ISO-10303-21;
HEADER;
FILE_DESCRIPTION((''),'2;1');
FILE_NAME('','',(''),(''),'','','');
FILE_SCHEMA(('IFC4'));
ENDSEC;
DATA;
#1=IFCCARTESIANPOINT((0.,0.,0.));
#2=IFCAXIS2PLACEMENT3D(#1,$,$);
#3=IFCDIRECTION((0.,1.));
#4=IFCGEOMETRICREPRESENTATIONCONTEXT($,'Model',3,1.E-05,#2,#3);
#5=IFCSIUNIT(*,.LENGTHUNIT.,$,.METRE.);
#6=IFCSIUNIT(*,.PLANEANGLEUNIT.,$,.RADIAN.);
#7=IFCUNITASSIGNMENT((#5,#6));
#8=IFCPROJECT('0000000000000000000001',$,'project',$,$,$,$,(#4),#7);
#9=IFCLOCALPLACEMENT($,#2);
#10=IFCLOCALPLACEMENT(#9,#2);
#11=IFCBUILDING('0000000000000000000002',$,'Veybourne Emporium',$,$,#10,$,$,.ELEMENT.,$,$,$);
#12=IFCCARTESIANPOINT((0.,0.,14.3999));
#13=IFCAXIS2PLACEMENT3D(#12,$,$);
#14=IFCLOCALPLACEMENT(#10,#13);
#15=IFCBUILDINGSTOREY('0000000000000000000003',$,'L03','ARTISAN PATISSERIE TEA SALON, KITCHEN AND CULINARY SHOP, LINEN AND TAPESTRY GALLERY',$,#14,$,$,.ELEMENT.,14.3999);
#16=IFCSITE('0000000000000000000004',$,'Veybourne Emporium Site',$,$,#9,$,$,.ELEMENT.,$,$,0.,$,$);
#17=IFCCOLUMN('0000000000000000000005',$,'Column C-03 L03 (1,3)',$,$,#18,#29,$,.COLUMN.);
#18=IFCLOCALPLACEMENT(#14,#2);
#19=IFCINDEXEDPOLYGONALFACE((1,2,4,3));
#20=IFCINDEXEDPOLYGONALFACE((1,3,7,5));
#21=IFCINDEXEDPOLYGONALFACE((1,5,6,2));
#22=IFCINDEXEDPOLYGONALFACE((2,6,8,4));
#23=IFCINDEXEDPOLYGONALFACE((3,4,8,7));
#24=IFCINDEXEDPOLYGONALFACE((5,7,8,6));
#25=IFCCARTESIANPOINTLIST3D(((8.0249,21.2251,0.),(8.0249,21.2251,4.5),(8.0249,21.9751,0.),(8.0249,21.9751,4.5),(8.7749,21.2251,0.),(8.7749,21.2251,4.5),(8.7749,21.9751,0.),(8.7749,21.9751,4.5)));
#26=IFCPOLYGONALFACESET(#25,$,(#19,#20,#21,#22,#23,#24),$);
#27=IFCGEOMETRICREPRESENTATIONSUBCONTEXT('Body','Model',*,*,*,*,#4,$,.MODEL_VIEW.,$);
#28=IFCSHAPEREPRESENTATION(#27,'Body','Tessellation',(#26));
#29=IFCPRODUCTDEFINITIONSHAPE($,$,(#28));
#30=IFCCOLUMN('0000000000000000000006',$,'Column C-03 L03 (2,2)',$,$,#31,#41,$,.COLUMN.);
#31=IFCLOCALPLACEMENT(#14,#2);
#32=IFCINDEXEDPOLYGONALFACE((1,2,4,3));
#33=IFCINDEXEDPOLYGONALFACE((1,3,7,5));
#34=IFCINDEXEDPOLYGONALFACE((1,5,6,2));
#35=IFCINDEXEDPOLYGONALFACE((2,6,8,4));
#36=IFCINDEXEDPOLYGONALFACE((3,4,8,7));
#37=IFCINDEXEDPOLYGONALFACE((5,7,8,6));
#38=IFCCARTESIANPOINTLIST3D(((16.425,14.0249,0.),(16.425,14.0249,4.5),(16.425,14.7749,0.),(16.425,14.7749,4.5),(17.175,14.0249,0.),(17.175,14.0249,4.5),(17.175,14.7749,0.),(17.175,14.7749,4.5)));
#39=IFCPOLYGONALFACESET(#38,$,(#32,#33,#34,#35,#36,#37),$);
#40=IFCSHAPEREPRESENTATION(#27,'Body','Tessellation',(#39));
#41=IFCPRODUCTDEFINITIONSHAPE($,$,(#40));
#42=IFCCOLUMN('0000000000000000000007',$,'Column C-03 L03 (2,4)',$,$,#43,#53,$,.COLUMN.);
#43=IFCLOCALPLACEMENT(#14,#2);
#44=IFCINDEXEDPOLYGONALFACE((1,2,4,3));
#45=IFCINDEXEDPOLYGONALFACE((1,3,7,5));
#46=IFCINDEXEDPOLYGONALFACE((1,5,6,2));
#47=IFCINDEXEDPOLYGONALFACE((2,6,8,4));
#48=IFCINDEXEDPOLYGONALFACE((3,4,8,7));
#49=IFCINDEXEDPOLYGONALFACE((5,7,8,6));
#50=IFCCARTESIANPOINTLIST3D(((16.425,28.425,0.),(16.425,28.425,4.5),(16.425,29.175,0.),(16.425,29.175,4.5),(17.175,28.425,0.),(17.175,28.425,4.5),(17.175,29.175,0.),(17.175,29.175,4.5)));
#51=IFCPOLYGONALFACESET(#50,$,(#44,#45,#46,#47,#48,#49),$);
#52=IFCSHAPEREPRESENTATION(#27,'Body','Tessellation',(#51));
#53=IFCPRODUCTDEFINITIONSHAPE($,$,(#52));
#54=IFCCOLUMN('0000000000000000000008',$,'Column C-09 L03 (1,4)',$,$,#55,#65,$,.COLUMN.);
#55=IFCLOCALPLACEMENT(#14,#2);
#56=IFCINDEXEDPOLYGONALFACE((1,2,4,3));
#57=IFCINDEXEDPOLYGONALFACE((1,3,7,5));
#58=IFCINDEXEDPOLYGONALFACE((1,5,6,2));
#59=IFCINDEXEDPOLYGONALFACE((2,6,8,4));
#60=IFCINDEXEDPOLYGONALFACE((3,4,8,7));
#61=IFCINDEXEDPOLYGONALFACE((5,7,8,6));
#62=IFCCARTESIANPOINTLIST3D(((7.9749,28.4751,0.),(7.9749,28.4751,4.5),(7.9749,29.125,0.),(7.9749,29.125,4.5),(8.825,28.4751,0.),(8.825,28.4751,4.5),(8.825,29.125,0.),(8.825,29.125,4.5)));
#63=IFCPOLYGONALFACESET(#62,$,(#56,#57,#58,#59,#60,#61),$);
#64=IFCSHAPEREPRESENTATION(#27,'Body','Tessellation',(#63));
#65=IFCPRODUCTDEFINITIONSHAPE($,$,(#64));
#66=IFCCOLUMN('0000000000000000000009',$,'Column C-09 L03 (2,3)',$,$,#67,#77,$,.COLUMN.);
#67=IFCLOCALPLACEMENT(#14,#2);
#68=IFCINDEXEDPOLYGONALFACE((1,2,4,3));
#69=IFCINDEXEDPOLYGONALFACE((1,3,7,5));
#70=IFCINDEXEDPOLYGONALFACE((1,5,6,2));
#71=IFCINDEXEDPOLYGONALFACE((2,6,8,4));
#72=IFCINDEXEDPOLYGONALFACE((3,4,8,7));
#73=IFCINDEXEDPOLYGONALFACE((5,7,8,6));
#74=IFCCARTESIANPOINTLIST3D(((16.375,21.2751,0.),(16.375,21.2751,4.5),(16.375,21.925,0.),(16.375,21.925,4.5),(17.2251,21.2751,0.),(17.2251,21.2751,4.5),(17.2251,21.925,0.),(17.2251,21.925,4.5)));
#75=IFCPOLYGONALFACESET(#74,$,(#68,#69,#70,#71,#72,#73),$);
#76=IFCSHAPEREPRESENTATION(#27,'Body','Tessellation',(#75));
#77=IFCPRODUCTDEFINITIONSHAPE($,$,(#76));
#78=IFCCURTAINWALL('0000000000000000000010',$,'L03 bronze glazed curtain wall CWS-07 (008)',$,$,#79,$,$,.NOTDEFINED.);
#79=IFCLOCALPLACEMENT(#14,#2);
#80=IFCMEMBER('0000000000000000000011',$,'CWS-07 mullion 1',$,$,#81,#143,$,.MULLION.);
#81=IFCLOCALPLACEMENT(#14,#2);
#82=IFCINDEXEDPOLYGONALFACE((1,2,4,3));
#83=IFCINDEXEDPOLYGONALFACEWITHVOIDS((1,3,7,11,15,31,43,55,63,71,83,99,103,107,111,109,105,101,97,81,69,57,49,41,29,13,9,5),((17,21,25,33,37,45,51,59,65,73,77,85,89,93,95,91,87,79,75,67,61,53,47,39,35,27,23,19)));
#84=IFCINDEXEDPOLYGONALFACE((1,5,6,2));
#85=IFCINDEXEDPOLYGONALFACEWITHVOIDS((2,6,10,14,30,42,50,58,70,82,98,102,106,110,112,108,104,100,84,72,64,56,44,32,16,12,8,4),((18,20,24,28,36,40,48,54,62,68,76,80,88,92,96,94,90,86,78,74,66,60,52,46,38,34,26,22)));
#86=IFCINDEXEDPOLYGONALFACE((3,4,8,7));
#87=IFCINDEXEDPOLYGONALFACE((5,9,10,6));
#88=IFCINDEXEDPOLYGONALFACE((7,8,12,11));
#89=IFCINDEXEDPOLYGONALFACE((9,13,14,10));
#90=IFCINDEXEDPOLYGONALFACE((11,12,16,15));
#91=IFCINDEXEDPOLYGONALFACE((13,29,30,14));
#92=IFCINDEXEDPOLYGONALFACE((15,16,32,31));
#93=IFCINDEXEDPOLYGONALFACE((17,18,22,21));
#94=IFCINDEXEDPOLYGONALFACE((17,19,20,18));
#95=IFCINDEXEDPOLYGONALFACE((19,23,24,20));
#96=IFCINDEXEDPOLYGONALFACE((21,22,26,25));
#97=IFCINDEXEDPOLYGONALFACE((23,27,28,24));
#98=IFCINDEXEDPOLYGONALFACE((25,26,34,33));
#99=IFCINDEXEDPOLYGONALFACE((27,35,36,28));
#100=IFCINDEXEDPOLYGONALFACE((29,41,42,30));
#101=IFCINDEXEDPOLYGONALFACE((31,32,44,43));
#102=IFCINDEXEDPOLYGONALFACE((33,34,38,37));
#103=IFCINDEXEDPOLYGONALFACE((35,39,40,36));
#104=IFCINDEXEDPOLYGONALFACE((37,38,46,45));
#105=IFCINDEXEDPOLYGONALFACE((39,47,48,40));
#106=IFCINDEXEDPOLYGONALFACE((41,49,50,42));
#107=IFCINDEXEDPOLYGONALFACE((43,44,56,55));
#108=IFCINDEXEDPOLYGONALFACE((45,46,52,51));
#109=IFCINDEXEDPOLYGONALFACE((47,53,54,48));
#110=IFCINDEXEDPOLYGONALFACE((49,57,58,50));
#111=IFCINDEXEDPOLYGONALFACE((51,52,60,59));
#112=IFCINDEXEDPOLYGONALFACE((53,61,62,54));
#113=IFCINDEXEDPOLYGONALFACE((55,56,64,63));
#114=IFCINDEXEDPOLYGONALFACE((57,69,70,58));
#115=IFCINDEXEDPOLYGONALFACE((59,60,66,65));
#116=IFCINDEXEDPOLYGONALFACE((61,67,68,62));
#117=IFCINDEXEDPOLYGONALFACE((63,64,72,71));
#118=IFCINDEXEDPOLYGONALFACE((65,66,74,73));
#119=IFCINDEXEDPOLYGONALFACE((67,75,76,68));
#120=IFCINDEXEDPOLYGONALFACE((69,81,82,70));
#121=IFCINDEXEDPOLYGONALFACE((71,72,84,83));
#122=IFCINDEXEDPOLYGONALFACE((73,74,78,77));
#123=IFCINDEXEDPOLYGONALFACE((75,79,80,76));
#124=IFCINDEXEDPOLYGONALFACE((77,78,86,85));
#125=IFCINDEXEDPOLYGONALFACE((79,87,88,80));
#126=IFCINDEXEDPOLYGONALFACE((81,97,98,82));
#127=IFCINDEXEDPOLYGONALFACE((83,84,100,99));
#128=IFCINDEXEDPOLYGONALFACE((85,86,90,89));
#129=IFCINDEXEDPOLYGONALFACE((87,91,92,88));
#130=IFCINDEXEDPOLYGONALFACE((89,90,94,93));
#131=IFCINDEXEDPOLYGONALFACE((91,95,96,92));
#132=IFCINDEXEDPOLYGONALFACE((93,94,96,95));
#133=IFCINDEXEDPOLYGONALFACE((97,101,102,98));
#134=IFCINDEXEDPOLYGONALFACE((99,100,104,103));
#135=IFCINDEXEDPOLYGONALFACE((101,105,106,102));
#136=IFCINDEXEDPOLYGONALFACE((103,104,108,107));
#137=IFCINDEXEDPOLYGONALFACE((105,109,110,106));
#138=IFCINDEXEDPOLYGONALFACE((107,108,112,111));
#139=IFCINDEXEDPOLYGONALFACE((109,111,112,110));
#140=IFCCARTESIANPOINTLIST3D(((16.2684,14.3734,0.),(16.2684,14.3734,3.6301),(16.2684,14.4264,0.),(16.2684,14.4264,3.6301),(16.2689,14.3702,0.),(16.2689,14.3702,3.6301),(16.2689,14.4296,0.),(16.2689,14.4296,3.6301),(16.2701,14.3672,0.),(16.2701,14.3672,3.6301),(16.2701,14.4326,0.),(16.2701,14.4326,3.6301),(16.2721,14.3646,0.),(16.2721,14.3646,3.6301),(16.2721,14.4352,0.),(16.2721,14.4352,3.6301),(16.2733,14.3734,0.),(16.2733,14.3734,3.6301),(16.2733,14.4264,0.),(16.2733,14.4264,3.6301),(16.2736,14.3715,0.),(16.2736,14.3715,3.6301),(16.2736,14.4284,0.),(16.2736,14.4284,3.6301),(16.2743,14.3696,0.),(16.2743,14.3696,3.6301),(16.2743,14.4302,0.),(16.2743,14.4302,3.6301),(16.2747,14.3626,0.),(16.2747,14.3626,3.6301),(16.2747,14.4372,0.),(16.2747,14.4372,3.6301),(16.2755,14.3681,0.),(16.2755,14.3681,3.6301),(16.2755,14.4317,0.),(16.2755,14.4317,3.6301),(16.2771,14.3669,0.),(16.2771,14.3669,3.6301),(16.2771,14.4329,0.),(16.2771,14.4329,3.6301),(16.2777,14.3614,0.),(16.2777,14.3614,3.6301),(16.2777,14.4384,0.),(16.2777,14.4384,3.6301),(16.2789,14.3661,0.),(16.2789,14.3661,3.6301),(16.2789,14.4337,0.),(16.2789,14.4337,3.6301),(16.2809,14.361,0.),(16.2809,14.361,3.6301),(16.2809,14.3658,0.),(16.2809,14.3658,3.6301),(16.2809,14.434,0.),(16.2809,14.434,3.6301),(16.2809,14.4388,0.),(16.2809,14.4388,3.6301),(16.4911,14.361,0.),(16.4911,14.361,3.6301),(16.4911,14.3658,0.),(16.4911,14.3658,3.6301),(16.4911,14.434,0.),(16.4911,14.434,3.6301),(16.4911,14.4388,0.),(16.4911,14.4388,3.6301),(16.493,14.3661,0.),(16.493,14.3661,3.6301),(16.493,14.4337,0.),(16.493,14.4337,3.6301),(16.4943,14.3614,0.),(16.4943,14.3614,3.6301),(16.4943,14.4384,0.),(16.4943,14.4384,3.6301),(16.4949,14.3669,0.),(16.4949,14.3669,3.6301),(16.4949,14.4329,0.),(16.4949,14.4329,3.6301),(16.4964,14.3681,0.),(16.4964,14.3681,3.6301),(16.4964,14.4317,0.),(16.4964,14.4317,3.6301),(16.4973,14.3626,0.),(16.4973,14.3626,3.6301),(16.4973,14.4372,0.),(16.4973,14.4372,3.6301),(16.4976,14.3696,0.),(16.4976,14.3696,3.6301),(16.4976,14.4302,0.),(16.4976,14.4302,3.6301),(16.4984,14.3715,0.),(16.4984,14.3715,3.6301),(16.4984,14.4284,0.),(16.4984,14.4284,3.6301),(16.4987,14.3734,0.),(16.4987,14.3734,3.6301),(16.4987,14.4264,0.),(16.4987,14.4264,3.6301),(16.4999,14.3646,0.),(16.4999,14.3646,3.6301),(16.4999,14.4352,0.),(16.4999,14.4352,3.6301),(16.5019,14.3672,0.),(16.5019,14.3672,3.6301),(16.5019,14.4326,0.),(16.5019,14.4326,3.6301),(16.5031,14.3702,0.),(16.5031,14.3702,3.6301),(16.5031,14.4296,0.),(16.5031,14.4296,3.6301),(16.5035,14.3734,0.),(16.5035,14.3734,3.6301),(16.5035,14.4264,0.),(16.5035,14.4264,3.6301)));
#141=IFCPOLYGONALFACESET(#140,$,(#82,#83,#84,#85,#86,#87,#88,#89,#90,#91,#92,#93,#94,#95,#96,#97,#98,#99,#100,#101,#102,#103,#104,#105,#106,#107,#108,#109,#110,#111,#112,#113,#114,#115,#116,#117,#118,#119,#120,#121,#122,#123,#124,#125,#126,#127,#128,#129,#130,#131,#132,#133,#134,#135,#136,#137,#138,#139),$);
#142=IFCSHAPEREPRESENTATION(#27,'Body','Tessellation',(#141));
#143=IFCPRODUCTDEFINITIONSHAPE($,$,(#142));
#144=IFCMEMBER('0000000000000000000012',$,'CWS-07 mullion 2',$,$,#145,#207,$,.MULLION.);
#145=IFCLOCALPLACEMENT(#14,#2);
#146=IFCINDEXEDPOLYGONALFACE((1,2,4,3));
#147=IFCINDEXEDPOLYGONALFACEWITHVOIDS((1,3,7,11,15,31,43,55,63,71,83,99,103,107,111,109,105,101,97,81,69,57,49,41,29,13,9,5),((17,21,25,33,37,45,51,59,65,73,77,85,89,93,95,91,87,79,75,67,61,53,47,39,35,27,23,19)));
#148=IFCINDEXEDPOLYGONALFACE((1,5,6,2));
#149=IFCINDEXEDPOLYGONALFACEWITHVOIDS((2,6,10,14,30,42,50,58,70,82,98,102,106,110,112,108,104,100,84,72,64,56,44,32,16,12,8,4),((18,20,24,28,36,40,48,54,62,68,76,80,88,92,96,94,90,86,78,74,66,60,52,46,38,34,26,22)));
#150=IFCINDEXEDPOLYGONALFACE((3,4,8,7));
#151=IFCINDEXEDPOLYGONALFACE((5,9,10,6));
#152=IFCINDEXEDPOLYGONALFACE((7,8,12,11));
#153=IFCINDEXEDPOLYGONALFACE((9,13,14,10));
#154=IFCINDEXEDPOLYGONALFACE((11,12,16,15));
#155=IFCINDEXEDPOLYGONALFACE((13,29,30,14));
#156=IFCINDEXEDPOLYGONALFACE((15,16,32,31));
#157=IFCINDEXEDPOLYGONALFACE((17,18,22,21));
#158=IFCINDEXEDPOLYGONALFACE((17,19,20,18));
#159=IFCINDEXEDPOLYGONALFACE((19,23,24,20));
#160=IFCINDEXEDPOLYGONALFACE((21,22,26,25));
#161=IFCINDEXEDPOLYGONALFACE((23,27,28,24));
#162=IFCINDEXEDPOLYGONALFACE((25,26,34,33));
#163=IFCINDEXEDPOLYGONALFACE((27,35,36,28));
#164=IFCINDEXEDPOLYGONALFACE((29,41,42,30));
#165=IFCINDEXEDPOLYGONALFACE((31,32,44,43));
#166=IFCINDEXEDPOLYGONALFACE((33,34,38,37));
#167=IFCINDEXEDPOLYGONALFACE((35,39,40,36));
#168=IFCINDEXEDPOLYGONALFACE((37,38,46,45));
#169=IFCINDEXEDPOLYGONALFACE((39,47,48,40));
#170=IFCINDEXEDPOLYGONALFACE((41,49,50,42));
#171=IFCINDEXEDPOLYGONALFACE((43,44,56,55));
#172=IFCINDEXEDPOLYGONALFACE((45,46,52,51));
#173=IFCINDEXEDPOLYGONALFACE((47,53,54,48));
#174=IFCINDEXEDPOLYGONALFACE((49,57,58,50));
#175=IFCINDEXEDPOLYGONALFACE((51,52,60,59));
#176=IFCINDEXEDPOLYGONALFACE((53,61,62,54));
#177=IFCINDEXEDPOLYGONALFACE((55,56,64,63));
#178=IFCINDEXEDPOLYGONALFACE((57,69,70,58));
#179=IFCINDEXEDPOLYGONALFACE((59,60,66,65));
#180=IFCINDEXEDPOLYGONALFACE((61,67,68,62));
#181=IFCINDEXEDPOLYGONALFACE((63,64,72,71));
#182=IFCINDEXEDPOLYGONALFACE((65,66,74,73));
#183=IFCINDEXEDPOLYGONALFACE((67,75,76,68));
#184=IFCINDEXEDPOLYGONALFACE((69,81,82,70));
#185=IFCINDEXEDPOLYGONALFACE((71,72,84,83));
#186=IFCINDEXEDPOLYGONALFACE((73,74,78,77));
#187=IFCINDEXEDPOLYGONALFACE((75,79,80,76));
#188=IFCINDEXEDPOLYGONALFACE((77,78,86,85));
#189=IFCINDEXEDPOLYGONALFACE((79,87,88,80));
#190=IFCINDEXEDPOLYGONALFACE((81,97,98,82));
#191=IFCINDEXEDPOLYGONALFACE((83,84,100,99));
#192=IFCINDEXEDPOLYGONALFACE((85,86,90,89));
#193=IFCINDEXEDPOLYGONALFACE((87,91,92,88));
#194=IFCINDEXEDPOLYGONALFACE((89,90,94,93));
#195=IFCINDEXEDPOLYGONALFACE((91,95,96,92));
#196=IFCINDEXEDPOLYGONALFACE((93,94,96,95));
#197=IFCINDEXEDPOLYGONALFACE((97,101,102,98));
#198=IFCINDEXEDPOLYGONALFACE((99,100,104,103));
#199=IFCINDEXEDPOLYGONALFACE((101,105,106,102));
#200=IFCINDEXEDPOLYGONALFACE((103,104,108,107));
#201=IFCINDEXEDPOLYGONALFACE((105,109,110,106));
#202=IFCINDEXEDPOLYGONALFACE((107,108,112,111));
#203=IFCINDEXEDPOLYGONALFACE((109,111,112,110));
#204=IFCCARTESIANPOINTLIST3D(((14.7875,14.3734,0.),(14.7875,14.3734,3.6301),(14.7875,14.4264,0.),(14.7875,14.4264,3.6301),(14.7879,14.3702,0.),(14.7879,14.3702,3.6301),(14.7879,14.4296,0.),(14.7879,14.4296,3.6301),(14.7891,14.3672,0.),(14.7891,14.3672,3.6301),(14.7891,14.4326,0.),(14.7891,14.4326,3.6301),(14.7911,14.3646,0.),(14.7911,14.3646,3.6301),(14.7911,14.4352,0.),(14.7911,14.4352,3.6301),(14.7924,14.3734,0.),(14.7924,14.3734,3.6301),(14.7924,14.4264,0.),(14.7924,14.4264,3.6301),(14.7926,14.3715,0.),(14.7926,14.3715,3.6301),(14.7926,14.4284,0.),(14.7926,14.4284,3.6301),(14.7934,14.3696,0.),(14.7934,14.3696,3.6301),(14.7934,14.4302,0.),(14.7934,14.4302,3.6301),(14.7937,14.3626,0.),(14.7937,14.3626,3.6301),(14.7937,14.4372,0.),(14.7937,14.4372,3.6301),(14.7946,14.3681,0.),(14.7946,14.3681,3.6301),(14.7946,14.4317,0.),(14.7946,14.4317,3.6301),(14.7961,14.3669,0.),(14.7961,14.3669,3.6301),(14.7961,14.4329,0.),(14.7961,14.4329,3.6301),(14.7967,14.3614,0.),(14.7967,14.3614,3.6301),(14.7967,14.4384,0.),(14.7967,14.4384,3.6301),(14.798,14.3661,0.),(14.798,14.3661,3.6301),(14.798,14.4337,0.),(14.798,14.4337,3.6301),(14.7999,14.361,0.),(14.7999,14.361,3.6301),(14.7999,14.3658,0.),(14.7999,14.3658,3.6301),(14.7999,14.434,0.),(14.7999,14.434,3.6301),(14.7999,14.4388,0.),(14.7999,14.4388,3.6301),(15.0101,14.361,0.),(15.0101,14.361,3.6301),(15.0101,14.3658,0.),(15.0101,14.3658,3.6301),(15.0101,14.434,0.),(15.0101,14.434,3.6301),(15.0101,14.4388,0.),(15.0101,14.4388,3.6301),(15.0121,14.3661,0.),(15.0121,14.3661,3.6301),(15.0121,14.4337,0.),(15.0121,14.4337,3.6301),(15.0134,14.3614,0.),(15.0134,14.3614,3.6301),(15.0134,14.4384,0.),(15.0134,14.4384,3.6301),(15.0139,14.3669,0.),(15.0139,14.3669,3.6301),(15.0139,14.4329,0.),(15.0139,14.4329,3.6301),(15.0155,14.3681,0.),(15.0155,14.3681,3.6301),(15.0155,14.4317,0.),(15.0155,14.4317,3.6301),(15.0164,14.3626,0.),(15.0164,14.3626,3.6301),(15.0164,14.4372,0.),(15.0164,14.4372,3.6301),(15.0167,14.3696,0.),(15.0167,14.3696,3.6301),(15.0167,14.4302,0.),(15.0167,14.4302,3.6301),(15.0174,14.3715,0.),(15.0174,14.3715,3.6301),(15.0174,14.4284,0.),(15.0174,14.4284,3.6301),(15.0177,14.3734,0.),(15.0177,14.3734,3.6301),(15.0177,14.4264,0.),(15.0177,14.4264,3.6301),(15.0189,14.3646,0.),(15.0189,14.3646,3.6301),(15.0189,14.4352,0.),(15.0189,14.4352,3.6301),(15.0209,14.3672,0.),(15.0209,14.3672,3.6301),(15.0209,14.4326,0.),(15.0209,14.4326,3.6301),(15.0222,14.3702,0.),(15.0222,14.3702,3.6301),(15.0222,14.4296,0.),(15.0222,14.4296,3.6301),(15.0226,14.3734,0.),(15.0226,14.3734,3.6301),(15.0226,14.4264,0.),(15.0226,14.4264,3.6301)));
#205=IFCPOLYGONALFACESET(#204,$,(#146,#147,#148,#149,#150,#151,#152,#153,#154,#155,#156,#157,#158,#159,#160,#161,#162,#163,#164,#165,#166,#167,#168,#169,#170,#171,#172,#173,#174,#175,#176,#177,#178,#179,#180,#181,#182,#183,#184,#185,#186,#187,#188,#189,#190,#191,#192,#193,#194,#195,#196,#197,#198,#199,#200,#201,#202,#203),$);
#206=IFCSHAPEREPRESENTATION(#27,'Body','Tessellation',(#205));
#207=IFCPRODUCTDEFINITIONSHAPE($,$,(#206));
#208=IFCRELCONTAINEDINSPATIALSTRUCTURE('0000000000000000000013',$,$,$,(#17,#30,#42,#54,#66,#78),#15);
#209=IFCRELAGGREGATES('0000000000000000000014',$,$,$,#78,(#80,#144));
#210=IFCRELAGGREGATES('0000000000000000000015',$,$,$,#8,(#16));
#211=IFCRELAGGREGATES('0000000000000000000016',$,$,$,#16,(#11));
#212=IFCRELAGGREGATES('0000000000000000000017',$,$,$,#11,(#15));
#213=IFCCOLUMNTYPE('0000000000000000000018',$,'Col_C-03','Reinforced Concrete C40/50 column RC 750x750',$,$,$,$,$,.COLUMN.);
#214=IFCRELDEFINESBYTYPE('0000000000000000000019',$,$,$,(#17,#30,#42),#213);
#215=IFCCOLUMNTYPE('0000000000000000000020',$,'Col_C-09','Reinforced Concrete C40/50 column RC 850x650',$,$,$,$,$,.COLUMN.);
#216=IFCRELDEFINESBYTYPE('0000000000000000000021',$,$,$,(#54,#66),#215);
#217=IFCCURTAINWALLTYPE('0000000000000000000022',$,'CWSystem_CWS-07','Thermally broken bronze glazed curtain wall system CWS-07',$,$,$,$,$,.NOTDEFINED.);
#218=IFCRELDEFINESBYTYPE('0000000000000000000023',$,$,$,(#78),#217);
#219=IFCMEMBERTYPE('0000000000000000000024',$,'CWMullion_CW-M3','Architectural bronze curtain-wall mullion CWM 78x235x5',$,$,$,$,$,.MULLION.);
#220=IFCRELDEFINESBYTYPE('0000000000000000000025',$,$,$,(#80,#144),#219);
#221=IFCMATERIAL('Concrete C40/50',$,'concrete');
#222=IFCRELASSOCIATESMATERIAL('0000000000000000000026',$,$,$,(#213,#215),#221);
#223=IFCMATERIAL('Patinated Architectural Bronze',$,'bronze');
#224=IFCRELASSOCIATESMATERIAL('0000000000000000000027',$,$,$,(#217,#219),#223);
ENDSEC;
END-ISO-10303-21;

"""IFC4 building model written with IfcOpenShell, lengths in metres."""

from ifc_helpers import new_model, si_unit, direction, frame, origin, origin_2d, place, context, subcontext, project, spatial, rectangle, hollow_rectangle, extrude, material, material_profile, profile_set, type_object, element, aggregate, save


model = new_model("IFC4")

# Units and contexts
model_context = context("Model", 3, precision=1e-05, world=origin(), true_north=direction((0.0, 1.0)))
body_context = subcontext(model_context, "Body", "Model", "MODEL_VIEW")
ifc_project = project(units=[si_unit("LENGTHUNIT", "METRE"), si_unit("PLANEANGLEUNIT", "RADIAN")], contexts=[model_context])

# Site, building, storey
site_placement = place(None, origin())
site = spatial("IfcSite", under=ifc_project, at=site_placement, Name="Veybourne Emporium Site", CompositionType="ELEMENT", RefElevation=0.0)
building_placement = place(site_placement, origin())
building = spatial("IfcBuilding", under=site, at=building_placement, Name="Veybourne Emporium", CompositionType="ELEMENT")
storey_placement = place(building_placement, frame((0.0, 0.0, 14.3999)))
storey = spatial("IfcBuildingStorey", under=building, at=storey_placement, Name="L03", Description="ARTISAN PATISSERIE TEA SALON, KITCHEN AND CULINARY SHOP, LINEN AND TAPESTRY GALLERY", CompositionType="ELEMENT", Elevation=14.3999)

# Columns
ifc_material_1 = material(Name="Concrete C40/50", Category="concrete")
ifc_material_profile_1 = material_profile(ifc_material_1, rectangle(XDim=0.75, YDim=0.75, at=origin_2d()), Name="RC 750x750")
ifc_profile_set_1 = profile_set([ifc_material_profile_1], Name="Concrete C40/50")
column_type_1 = type_object("IfcColumnType", Name="Col_C-03", Description="Reinforced Concrete C40/50 column RC 750x750", PredefinedType="COLUMN", material=ifc_profile_set_1)
for number, where, z_axis, x_axis, name in (
    (1, (8.3999, 21.6001, 0.0), (0.0, 0.0, 1.0), (1.0, 0.0, 0.0), "Column C-03 L03 (1,3)"),
    (2, (16.8, 14.3999, 0.0), (0.0, 0.0, 1.0), (1.0, 0.0, 0.0), "Column C-03 L03 (2,2)"),
    (3, (16.8, 28.8, 0.0), (0.0, 0.0, 1.0), (1.0, 0.0, 0.0), "Column C-03 L03 (2,4)"),
):
    element("IfcColumn", number, at=place(storey_placement, frame(where, z_axis=z_axis, x_axis=x_axis)), inside=storey, type_object=column_type_1, Name=name, PredefinedType="COLUMN", context=body_context, shape_type="SweptSolid", body=[
        extrude(rectangle(XDim=0.75, YDim=0.75, at=origin_2d()), origin(), (0.0, 0.0, 1.0), 4.5),
    ])
ifc_material_profile_2 = material_profile(ifc_material_1, rectangle(XDim=0.8501, YDim=0.6499, at=origin_2d()), Name="RC 850x650")
ifc_profile_set_2 = profile_set([ifc_material_profile_2], Name="Concrete C40/50")
column_type_2 = type_object("IfcColumnType", Name="Col_C-09", Description="Reinforced Concrete C40/50 column RC 850x650", PredefinedType="COLUMN", material=ifc_profile_set_2)
for number, where, z_axis, x_axis, name in (
    (4, (8.3999, 28.8, 0.0), (0.0, 0.0, 1.0), (1.0, 0.0, 0.0), "Column C-09 L03 (1,4)"),
    (5, (16.8, 21.6001, 0.0), (0.0, 0.0, 1.0), (1.0, 0.0, 0.0), "Column C-09 L03 (2,3)"),
):
    element("IfcColumn", number, at=place(storey_placement, frame(where, z_axis=z_axis, x_axis=x_axis)), inside=storey, type_object=column_type_2, Name=name, PredefinedType="COLUMN", context=body_context, shape_type="SweptSolid", body=[
        extrude(rectangle(XDim=0.8501, YDim=0.6499, at=origin_2d()), origin(), (0.0, 0.0, 1.0), 4.5),
    ])

# Curtain wall, members
ifc_material_2 = material(Name="Patinated Architectural Bronze", Category="bronze")
curtain_wall_type = type_object("IfcCurtainWallType", Name="CWSystem_CWS-07", Description="Thermally broken bronze glazed curtain wall system CWS-07", PredefinedType="NOTDEFINED", material=ifc_material_2)
curtain_wall_placement = place(storey_placement, origin())
curtain_wall = element("IfcCurtainWall", 6, at=curtain_wall_placement, inside=storey, type_object=curtain_wall_type, Name="L03 bronze glazed curtain wall CWS-07 (008)", PredefinedType="NOTDEFINED")
ifc_material_profile_3 = material_profile(ifc_material_2, hollow_rectangle(XDim=0.0779, YDim=0.2351, WallThickness=0.0049, InnerFilletRadius=0.0076, OuterFilletRadius=0.0125, at=origin_2d()), Name="CWM 78x235x5")
ifc_profile_set_3 = profile_set([ifc_material_profile_3], Name="Patinated Architectural Bronze")
member_type_1 = type_object("IfcMemberType", Name="CWMullion_CW-M3", Description="Architectural bronze curtain-wall mullion CWM 78x235x5", PredefinedType="MULLION", material=ifc_profile_set_3)
member_1_placement = place(storey_placement, frame((16.386, 14.3999, 0.0), z_axis=(0.0, 0.0, 1.0), x_axis=(0.0, -1.0, 0.0)))
member_1 = element("IfcMember", 7, at=member_1_placement, type_object=member_type_1, Name="CWS-07 mullion 1", PredefinedType="MULLION", context=body_context, shape_type="SweptSolid", body=[
    extrude(hollow_rectangle(XDim=0.0779, YDim=0.2351, WallThickness=0.0049, InnerFilletRadius=0.0076, OuterFilletRadius=0.0125, at=origin_2d()), origin(), (0.0, 0.0, 1.0), 3.6301),
])
member_2_placement = place(storey_placement, frame((14.905, 14.3999, 0.0), z_axis=(0.0, 0.0, 1.0), x_axis=(0.0, -1.0, 0.0)))
member_2 = element("IfcMember", 8, at=member_2_placement, type_object=member_type_1, Name="CWS-07 mullion 2", PredefinedType="MULLION", context=body_context, shape_type="SweptSolid", body=[
    extrude(hollow_rectangle(XDim=0.0779, YDim=0.2351, WallThickness=0.0049, InnerFilletRadius=0.0076, OuterFilletRadius=0.0125, at=origin_2d()), origin(), (0.0, 0.0, 1.0), 3.6301),
])

aggregate(curtain_wall, [member_1, member_2])

save(model, "model.ifc")
